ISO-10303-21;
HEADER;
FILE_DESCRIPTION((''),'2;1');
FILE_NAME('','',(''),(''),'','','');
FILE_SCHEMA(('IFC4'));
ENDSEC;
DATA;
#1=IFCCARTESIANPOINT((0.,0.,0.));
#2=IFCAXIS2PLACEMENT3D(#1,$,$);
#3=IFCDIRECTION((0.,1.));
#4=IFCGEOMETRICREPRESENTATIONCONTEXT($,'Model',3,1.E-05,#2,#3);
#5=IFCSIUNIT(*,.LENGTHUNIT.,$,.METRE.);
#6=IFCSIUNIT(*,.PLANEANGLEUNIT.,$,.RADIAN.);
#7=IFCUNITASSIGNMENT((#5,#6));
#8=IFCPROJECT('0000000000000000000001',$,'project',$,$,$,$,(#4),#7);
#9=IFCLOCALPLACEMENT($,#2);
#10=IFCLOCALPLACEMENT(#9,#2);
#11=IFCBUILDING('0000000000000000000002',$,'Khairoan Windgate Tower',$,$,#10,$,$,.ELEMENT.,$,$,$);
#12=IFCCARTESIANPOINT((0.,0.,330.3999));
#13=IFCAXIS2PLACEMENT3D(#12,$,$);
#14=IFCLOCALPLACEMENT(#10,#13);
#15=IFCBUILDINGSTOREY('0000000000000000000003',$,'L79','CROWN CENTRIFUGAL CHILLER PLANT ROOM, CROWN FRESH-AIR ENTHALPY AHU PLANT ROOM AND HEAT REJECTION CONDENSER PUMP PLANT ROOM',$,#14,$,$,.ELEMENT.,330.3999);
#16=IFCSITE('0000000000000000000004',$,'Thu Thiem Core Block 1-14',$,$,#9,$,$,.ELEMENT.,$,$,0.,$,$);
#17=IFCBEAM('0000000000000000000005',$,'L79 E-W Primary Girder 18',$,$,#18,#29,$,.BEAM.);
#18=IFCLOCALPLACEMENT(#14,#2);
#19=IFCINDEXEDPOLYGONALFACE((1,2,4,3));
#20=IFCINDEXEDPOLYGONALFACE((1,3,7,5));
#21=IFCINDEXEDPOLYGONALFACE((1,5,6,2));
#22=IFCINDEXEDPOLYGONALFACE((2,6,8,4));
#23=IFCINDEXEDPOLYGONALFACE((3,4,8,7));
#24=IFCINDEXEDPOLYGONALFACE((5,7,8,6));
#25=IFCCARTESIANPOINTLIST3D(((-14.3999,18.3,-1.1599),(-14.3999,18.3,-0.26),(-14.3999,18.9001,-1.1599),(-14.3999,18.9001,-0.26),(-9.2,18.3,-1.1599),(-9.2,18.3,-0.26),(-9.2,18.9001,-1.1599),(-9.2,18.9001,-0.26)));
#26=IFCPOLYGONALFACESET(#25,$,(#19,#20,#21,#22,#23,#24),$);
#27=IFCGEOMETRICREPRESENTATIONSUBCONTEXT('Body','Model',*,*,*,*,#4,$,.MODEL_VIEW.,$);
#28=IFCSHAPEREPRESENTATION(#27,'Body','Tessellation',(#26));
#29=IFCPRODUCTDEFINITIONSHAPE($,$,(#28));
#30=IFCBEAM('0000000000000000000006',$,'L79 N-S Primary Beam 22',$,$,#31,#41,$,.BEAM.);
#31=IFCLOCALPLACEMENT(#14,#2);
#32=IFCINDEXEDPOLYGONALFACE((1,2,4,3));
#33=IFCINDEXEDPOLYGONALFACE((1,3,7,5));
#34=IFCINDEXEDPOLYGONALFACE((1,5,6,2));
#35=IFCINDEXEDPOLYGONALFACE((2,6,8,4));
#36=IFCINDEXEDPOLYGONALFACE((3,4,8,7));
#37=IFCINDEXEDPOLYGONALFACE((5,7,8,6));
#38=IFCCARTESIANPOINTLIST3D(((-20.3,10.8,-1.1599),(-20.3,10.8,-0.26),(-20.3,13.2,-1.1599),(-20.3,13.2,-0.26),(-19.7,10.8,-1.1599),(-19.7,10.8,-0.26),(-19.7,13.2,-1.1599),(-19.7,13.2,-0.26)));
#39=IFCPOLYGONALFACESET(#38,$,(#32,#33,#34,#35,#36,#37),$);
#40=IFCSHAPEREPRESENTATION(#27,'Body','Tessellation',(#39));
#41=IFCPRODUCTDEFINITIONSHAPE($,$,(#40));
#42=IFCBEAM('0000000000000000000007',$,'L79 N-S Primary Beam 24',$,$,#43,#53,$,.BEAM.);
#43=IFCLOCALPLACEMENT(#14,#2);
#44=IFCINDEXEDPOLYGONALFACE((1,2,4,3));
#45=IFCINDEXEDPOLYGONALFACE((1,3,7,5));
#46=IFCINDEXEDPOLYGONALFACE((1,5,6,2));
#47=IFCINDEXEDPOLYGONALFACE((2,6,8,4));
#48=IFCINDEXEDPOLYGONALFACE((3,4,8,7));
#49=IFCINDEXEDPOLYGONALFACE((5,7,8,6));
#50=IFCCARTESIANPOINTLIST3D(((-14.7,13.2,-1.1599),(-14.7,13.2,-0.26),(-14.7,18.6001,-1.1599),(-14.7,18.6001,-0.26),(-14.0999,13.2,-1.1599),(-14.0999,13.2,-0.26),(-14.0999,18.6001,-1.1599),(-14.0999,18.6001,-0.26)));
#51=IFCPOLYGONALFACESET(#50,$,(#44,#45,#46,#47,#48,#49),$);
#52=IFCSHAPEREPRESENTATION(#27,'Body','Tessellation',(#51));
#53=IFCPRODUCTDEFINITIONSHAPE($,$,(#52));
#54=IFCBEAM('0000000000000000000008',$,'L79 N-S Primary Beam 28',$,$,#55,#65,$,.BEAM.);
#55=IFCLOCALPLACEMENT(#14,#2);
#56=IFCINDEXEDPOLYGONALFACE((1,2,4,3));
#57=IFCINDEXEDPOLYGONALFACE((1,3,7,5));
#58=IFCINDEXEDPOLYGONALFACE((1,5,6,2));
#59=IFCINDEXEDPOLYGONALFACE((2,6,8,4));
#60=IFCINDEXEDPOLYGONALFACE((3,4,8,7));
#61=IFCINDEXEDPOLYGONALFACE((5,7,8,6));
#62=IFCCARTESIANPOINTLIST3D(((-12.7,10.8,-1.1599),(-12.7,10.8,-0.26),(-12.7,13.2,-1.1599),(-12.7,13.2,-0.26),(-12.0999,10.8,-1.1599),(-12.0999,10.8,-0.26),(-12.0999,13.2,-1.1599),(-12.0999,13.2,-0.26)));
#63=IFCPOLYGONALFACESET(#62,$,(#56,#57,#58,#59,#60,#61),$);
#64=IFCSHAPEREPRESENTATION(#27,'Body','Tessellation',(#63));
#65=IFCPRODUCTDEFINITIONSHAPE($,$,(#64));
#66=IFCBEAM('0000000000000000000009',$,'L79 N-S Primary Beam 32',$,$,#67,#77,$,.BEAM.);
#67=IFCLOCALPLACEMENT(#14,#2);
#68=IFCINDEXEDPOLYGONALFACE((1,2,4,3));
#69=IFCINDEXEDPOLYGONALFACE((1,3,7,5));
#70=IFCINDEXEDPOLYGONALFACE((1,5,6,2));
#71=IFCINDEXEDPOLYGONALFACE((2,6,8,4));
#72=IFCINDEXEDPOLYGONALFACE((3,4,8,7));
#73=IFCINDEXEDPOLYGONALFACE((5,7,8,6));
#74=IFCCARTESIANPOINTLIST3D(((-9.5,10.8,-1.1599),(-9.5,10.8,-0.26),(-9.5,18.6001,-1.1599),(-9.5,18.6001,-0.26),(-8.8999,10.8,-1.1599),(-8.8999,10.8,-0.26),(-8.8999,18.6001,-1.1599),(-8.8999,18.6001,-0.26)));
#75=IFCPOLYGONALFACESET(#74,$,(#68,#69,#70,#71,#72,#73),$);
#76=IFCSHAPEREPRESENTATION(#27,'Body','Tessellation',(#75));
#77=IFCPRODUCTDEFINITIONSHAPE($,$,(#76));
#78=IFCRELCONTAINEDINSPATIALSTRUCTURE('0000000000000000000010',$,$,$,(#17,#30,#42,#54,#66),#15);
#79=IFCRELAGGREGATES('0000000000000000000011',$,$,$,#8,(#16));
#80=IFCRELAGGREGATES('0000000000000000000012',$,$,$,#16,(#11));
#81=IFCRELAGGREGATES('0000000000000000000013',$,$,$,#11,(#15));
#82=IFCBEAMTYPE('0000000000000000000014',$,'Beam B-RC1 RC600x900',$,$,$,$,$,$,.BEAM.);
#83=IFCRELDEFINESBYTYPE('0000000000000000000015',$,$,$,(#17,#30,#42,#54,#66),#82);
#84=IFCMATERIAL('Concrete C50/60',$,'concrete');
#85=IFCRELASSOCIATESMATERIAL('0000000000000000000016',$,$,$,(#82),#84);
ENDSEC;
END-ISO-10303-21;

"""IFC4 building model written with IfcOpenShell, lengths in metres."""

from ifc_helpers import new_model, si_unit, direction, frame, origin, origin_2d, place, context, subcontext, project, spatial, rectangle, extrude, material, material_profile, profile_set, type_object, element, save


model = new_model("IFC4")

# Units and contexts
model_context = context("Model", 3, precision=1e-05, world=origin(), true_north=direction((0.0, 1.0)))
body_context = subcontext(model_context, "Body", "Model", "MODEL_VIEW")
ifc_project = project(units=[si_unit("LENGTHUNIT", "METRE"), si_unit("PLANEANGLEUNIT", "RADIAN")], contexts=[model_context])

# Site, building, storey
site_placement = place(None, origin())
site = spatial("IfcSite", under=ifc_project, at=site_placement, Name="Thu Thiem Core Block 1-14", CompositionType="ELEMENT", RefElevation=0.0)
building_placement = place(site_placement, origin())
building = spatial("IfcBuilding", under=site, at=building_placement, Name="Khairoan Windgate Tower", CompositionType="ELEMENT")
storey_placement = place(building_placement, frame((0.0, 0.0, 330.3999)))
storey = spatial("IfcBuildingStorey", under=building, at=storey_placement, Name="L79", Description="CROWN CENTRIFUGAL CHILLER PLANT ROOM, CROWN FRESH-AIR ENTHALPY AHU PLANT ROOM AND HEAT REJECTION CONDENSER PUMP PLANT ROOM", CompositionType="ELEMENT", Elevation=330.3999)

# Beams
ifc_material_1 = material(Name="Concrete C50/60", Category="concrete")
ifc_material_profile_1 = material_profile(ifc_material_1, rectangle(XDim=0.6001, YDim=0.8999, at=origin_2d()))
ifc_profile_set_1 = profile_set([ifc_material_profile_1], Name="Concrete C50/60")
beam_type = type_object("IfcBeamType", Name="Beam B-RC1 RC600x900", PredefinedType="BEAM", material=ifc_profile_set_1)
beam_1_placement = place(storey_placement, frame((-14.3999, 18.6001, -0.71), z_axis=(1.0, 0.0, 0.0), x_axis=(0.0, 1.0, 0.0)))
element("IfcBeam", 1, at=beam_1_placement, inside=storey, type_object=beam_type, Name="L79 E-W Primary Girder 18", PredefinedType="BEAM", context=body_context, shape_type="SweptSolid", body=[
    extrude(rectangle(XDim=0.6001, YDim=0.8999, at=origin_2d()), origin(), (0.0, 0.0, 1.0), 5.2),
])
beam_2_placement = place(storey_placement, frame((-20.0, 10.8, -0.71), z_axis=(0.0, 1.0, 0.0), x_axis=(-1.0, 0.0, 0.0)))
element("IfcBeam", 2, at=beam_2_placement, inside=storey, type_object=beam_type, Name="L79 N-S Primary Beam 22", PredefinedType="BEAM", context=body_context, shape_type="SweptSolid", body=[
    extrude(rectangle(XDim=0.6001, YDim=0.8999, at=origin_2d()), origin(), (0.0, 0.0, 1.0), 2.3999),
])
beam_3_placement = place(storey_placement, frame((-14.3999, 13.2, -0.71), z_axis=(0.0, 1.0, 0.0), x_axis=(-1.0, 0.0, 0.0)))
element("IfcBeam", 3, at=beam_3_placement, inside=storey, type_object=beam_type, Name="L79 N-S Primary Beam 24", PredefinedType="BEAM", context=body_context, shape_type="SweptSolid", body=[
    extrude(rectangle(XDim=0.6001, YDim=0.8999, at=origin_2d()), origin(), (0.0, 0.0, 1.0), 5.4001),
])
beam_4_placement = place(storey_placement, frame((-12.3999, 10.8, -0.71), z_axis=(0.0, 1.0, 0.0), x_axis=(-1.0, 0.0, 0.0)))
element("IfcBeam", 4, at=beam_4_placement, inside=storey, type_object=beam_type, Name="L79 N-S Primary Beam 28", PredefinedType="BEAM", context=body_context, shape_type="SweptSolid", body=[
    extrude(rectangle(XDim=0.6001, YDim=0.8999, at=origin_2d()), origin(), (0.0, 0.0, 1.0), 2.3999),
])
beam_5_placement = place(storey_placement, frame((-9.2, 10.8, -0.71), z_axis=(0.0, 1.0, 0.0), x_axis=(-1.0, 0.0, 0.0)))
element("IfcBeam", 5, at=beam_5_placement, inside=storey, type_object=beam_type, Name="L79 N-S Primary Beam 32", PredefinedType="BEAM", context=body_context, shape_type="SweptSolid", body=[
    extrude(rectangle(XDim=0.6001, YDim=0.8999, at=origin_2d()), origin(), (0.0, 0.0, 1.0), 7.8),
])

save(model, "model.ifc")
